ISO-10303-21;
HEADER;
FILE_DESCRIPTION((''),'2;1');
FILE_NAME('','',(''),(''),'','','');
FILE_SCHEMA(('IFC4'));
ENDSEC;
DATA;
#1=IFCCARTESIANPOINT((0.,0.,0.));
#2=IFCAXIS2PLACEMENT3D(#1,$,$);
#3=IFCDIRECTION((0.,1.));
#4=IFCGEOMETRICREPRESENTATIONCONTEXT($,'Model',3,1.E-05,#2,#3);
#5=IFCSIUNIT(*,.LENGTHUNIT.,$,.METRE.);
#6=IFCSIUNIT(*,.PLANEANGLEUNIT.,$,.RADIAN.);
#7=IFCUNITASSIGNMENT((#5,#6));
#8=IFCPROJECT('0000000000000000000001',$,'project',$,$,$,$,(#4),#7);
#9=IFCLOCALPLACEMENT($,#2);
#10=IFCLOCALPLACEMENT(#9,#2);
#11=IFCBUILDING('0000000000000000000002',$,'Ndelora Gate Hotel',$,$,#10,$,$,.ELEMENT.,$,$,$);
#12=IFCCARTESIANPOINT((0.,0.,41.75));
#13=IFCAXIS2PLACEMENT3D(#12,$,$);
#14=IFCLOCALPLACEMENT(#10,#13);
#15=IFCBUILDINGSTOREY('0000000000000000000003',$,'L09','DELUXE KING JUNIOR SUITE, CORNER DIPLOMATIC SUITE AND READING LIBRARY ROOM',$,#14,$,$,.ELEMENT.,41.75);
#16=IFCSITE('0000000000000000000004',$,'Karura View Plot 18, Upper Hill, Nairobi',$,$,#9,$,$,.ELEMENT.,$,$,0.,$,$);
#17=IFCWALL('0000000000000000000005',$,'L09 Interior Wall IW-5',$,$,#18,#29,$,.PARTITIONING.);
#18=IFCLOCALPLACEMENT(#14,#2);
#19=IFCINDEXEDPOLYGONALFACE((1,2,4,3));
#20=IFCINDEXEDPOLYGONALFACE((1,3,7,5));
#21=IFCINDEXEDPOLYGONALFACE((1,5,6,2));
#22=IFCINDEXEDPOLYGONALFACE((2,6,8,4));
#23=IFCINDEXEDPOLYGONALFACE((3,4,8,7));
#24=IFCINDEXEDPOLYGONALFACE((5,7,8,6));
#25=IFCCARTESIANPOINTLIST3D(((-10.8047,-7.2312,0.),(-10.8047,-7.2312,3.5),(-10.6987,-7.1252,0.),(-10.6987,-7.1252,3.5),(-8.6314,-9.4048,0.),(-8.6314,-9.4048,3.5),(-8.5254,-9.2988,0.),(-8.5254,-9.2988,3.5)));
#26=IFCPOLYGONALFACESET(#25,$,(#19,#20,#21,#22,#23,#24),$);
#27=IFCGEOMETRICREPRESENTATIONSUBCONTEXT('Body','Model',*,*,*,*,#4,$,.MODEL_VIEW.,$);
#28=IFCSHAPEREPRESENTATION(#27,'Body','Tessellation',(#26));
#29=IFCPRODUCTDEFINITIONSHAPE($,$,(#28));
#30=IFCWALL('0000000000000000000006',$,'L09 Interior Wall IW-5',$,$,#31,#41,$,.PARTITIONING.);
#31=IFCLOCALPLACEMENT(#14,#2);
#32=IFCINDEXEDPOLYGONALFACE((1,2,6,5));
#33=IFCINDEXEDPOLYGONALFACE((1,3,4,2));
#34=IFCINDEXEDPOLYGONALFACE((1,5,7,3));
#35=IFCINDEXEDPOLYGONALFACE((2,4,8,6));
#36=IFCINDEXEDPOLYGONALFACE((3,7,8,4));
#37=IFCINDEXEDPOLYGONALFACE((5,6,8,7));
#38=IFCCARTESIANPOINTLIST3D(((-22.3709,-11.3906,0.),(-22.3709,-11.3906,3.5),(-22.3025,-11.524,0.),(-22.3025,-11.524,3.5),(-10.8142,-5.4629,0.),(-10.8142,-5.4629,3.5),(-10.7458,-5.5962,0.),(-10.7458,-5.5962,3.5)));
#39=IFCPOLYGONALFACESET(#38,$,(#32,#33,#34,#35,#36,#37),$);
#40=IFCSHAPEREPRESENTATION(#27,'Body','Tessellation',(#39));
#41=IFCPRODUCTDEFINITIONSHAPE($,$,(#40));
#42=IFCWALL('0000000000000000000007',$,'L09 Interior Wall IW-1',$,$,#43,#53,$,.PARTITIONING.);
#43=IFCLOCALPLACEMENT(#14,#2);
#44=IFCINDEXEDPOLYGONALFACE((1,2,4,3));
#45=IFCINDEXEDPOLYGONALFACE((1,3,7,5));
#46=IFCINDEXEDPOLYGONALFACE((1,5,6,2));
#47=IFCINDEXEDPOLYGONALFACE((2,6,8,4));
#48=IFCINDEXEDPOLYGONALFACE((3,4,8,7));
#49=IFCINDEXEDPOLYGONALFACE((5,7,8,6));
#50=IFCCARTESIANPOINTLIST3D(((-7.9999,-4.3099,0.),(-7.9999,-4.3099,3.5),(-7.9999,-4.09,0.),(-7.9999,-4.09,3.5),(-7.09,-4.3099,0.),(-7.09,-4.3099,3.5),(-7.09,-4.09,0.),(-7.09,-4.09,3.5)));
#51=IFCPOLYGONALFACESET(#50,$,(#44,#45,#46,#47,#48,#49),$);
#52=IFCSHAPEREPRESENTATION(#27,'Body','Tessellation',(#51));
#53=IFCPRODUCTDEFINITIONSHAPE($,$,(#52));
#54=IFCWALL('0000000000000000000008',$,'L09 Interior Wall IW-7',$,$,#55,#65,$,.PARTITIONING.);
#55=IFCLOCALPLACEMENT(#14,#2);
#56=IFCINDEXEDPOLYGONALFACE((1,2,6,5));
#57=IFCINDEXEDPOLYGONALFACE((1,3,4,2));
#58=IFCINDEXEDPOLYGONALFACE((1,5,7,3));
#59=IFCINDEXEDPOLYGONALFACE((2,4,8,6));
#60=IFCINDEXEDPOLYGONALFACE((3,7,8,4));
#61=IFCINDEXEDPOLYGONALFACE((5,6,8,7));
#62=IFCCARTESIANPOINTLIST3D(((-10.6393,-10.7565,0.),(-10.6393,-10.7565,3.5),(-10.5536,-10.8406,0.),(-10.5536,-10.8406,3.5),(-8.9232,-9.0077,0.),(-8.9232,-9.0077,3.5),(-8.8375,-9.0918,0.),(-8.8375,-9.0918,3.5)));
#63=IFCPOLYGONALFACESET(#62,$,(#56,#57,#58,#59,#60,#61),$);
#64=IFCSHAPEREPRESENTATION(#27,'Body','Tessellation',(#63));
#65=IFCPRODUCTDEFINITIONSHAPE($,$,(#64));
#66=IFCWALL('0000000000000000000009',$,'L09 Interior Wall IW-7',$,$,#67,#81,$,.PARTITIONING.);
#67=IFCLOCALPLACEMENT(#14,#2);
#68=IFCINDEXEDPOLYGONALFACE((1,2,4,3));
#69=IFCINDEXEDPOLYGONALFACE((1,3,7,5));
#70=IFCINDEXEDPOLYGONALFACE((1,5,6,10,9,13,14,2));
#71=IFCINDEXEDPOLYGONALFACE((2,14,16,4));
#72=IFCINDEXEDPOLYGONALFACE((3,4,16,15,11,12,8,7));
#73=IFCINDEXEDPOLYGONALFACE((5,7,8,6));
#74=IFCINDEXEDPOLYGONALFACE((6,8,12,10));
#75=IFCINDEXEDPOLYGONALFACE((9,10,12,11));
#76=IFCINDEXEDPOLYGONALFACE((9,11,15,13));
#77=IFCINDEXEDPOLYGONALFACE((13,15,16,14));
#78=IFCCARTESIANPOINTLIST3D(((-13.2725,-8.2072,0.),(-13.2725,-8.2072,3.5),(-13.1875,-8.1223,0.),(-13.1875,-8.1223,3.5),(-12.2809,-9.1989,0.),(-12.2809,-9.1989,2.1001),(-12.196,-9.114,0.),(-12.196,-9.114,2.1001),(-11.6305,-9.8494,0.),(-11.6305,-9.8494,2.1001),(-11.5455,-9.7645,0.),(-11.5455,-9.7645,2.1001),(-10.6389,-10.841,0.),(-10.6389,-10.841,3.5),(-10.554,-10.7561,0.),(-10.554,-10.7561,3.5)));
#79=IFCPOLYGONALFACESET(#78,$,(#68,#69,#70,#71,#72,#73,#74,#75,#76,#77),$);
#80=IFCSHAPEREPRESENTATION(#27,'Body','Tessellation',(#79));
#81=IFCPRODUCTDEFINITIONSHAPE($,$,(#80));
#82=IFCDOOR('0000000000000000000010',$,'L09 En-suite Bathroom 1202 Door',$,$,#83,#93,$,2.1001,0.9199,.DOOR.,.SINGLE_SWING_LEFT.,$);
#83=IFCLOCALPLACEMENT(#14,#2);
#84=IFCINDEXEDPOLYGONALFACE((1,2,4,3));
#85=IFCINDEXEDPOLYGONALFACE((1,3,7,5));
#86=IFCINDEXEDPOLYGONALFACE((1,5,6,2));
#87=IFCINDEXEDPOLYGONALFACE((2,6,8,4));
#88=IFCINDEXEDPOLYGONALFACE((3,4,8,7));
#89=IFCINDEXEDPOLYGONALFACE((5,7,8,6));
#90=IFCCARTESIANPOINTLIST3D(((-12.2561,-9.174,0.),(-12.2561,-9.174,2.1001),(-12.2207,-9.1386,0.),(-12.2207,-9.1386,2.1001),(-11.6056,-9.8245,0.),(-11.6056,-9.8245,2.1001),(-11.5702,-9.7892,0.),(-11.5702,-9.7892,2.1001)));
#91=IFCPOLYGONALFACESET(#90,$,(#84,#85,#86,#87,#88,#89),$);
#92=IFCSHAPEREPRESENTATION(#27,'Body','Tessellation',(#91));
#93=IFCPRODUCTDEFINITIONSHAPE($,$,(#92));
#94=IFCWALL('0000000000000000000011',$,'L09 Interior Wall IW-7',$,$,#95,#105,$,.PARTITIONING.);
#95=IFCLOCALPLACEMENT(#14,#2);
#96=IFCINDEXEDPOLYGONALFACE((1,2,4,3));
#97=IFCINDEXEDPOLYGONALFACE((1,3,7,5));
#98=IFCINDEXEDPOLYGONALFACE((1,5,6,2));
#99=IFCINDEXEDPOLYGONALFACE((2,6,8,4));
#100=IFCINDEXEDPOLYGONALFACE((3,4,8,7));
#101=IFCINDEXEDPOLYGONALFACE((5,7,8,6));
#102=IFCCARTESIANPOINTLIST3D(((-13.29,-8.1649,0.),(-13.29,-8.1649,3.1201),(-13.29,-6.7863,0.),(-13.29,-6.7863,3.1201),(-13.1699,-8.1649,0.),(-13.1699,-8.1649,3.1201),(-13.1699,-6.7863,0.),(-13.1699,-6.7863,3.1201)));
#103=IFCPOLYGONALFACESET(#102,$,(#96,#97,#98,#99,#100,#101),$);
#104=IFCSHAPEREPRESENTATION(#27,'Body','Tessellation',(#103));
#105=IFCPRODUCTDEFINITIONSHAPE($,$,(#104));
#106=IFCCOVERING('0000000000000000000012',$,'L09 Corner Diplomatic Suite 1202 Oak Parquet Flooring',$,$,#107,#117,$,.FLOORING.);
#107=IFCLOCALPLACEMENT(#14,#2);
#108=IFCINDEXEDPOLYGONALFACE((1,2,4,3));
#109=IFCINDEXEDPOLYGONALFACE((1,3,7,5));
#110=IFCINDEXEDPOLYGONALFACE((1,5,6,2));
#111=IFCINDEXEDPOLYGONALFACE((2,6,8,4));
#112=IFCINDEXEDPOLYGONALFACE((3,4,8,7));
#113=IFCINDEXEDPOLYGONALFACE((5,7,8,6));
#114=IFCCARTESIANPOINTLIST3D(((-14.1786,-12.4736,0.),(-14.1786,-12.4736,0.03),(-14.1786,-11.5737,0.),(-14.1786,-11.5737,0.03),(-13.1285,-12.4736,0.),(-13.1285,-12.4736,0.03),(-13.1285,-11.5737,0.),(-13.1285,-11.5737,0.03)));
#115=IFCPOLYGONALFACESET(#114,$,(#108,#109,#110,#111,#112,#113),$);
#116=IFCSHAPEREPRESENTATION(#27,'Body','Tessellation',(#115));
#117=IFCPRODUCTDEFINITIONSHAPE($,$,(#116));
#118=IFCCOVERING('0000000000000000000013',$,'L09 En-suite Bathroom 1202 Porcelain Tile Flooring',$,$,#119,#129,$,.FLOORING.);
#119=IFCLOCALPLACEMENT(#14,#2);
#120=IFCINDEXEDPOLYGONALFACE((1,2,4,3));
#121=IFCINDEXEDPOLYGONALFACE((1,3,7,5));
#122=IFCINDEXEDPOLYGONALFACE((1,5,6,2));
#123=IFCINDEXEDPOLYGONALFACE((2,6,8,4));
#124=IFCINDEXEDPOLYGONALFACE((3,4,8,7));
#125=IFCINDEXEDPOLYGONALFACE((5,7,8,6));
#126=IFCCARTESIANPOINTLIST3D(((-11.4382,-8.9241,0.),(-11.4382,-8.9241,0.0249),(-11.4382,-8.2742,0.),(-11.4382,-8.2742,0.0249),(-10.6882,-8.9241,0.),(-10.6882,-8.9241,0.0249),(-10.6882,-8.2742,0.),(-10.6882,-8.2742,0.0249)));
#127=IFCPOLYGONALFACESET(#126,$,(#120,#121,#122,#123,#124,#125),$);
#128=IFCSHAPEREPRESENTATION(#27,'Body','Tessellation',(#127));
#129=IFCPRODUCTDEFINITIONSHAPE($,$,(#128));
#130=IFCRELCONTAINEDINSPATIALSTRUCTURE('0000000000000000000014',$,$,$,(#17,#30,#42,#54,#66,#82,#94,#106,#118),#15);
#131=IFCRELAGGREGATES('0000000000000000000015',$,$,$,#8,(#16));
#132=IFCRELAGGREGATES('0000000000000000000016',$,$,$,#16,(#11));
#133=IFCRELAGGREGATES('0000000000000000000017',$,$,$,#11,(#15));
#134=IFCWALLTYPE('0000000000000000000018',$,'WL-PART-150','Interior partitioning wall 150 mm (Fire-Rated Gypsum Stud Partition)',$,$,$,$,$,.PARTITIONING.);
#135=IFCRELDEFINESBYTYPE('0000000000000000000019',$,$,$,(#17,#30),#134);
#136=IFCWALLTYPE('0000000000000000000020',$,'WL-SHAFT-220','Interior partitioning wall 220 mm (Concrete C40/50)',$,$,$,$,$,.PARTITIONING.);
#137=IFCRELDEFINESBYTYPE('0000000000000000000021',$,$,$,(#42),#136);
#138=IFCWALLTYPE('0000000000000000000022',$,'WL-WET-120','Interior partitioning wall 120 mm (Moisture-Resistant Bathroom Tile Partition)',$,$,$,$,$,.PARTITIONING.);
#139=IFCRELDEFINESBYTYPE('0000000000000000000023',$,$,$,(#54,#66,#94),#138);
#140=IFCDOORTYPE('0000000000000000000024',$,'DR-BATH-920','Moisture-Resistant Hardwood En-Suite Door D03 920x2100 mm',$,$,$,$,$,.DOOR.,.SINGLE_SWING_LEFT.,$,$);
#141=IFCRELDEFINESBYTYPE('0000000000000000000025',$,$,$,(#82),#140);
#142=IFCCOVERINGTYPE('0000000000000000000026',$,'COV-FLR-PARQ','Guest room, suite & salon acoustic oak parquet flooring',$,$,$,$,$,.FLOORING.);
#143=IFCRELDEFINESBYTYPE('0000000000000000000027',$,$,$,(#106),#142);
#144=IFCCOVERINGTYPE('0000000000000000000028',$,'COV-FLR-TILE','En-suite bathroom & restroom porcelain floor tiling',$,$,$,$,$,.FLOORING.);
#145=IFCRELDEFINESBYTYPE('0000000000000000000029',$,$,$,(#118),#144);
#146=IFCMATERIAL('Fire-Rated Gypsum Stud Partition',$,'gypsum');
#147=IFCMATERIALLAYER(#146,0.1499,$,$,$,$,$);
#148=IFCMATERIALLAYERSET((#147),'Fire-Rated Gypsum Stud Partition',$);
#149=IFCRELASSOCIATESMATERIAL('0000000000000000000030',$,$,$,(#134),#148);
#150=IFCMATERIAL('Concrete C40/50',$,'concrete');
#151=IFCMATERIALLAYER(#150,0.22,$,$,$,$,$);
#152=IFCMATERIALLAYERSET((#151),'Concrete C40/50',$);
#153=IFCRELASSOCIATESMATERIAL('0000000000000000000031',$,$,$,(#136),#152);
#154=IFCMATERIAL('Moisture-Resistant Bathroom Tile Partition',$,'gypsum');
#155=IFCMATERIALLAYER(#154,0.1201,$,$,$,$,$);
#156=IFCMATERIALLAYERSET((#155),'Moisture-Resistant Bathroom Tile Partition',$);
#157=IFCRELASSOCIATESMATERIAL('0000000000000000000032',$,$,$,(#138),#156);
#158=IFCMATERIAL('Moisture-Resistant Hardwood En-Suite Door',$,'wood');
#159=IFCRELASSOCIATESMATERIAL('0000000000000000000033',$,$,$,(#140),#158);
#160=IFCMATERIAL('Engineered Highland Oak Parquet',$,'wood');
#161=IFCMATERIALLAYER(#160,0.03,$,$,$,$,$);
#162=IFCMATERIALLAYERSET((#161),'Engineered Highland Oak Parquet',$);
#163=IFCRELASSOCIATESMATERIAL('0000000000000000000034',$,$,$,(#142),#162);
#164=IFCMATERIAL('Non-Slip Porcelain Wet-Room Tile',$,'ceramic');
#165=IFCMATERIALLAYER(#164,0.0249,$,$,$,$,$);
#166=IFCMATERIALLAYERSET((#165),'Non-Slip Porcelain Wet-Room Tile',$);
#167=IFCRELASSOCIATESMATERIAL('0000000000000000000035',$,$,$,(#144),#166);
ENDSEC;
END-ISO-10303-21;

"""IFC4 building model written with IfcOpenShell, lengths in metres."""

from ifc_helpers import new_model, si_unit, direction, frame, frame_2d, origin, origin_2d, place, context, subcontext, project, spatial, rectangle, extrude, material, layer, layer_set, type_object, element, fill, save


model = new_model("IFC4")

# Units and contexts
model_context = context("Model", 3, precision=1e-05, world=origin(), true_north=direction((0.0, 1.0)))
body_context = subcontext(model_context, "Body", "Model", "MODEL_VIEW")
ifc_project = project(units=[si_unit("LENGTHUNIT", "METRE"), si_unit("PLANEANGLEUNIT", "RADIAN")], contexts=[model_context])

# Site, building, storey
site_placement = place(None, origin())
site = spatial("IfcSite", under=ifc_project, at=site_placement, Name="Karura View Plot 18, Upper Hill, Nairobi", CompositionType="ELEMENT", RefElevation=0.0)
building_placement = place(site_placement, origin())
building = spatial("IfcBuilding", under=site, at=building_placement, Name="Ndelora Gate Hotel", CompositionType="ELEMENT")
storey_placement = place(building_placement, frame((0.0, 0.0, 41.75)))
storey = spatial("IfcBuildingStorey", under=building, at=storey_placement, Name="L09", Description="DELUXE KING JUNIOR SUITE, CORNER DIPLOMATIC SUITE AND READING LIBRARY ROOM", CompositionType="ELEMENT", Elevation=41.75)

# Shared definitions
ifc_material_1 = material(Name="Fire-Rated Gypsum Stud Partition", Category="gypsum")
ifc_layer_1 = layer(ifc_material_1, 0.1499)
ifc_layer_set_1 = layer_set([ifc_layer_1], Name="Fire-Rated Gypsum Stud Partition")
wall_type_1 = type_object("IfcWallType", Name="WL-PART-150", Description="Interior partitioning wall 150 mm (Fire-Rated Gypsum Stud Partition)", PredefinedType="PARTITIONING", material=ifc_layer_set_1)

# Walls
wall_1_placement = place(storey_placement, frame((-8.5784, -9.3518, 0.0), z_axis=(0.0, 0.0, 1.0), x_axis=(-0.707067, 0.707146, 0.0)))
element("IfcWall", 1, at=wall_1_placement, inside=storey, type_object=wall_type_1, Name="L09 Interior Wall IW-5", PredefinedType="PARTITIONING", context=body_context, shape_type="SweptSolid", body=[
    extrude(rectangle(XDim=3.0737, YDim=0.1499, at=frame_2d((1.5369, 0.0))), origin(), (0.0, 0.0, 1.0), 3.5),
])
wall_2_placement = place(storey_placement, frame((-10.78, -5.5295, 0.0), z_axis=(0.0, 0.0, 1.0), x_axis=(-0.889778, -0.456393, 0.0)))
element("IfcWall", 2, at=wall_2_placement, inside=storey, type_object=wall_type_1, Name="L09 Interior Wall IW-5", PredefinedType="PARTITIONING", context=body_context, shape_type="SweptSolid", body=[
    extrude(rectangle(XDim=12.9883, YDim=0.1499, at=frame_2d((6.4941, 0.0))), origin(), (0.0, 0.0, 1.0), 3.5),
])
ifc_material_2 = material(Name="Concrete C40/50", Category="concrete")
ifc_layer_2 = layer(ifc_material_2, 0.22)
ifc_layer_set_2 = layer_set([ifc_layer_2], Name="Concrete C40/50")
wall_type_2 = type_object("IfcWallType", Name="WL-SHAFT-220", Description="Interior partitioning wall 220 mm (Concrete C40/50)", PredefinedType="PARTITIONING", material=ifc_layer_set_2)
wall_3_placement = place(storey_placement, frame((-8.0, -4.2, 0.0), z_axis=(0.0, 0.0, 1.0), x_axis=(1.0, 0.0, 0.0)))
element("IfcWall", 3, at=wall_3_placement, inside=storey, type_object=wall_type_2, Name="L09 Interior Wall IW-1", PredefinedType="PARTITIONING", context=body_context, shape_type="SweptSolid", body=[
    extrude(rectangle(XDim=0.9099, YDim=0.22, at=frame_2d((0.4551, 0.0))), origin(), (0.0, 0.0, 1.0), 3.5),
])
ifc_material_3 = material(Name="Moisture-Resistant Bathroom Tile Partition", Category="gypsum")
ifc_layer_3 = layer(ifc_material_3, 0.1201)
ifc_layer_set_3 = layer_set([ifc_layer_3], Name="Moisture-Resistant Bathroom Tile Partition")
wall_type_3 = type_object("IfcWallType", Name="WL-WET-120", Description="Interior partitioning wall 120 mm (Moisture-Resistant Bathroom Tile Partition)", PredefinedType="PARTITIONING", material=ifc_layer_set_3)
wall_4_placement = place(storey_placement, frame((-10.5964, -10.7986, 0.0), z_axis=(0.0, 0.0, 1.0), x_axis=(0.700399, 0.713751, 0.0)))
element("IfcWall", 4, at=wall_4_placement, inside=storey, type_object=wall_type_3, Name="L09 Interior Wall IW-7", PredefinedType="PARTITIONING", context=body_context, shape_type="SweptSolid", body=[
    extrude(rectangle(XDim=2.4502, YDim=0.1201, at=frame_2d((1.2251, 0.0))), origin(), (0.0, 0.0, 1.0), 3.5),
])

# Wall, opening, door
wall_5_placement = place(storey_placement, frame((-10.5964, -10.7986, 0.0), z_axis=(0.0, 0.0, 1.0), x_axis=(-0.707074, 0.70714, 0.0)))
wall_5 = element("IfcWall", 5, at=wall_5_placement, inside=storey, type_object=wall_type_3, Name="L09 Interior Wall IW-7", PredefinedType="PARTITIONING", context=body_context, shape_type="SweptSolid", body=[
    extrude(rectangle(XDim=3.7246, YDim=0.1201, at=frame_2d((1.8623, 0.0))), origin(), (0.0, 0.0, 1.0), 3.5),
])
opening_1_placement = place(wall_5_placement, frame((1.4023, 0.0, 0.0)))
opening_1 = element("IfcOpeningElement", 6, at=opening_1_placement, cuts=wall_5, PredefinedType="OPENING", context=body_context, shape_type="SweptSolid", body=[
    extrude(rectangle(XDim=0.9199, YDim=2.1001, at=frame_2d((0.46, 1.05))), frame((0.0, 0.0701, 0.0), z_axis=(0.0, -1.0, 0.0), x_axis=(1.0, 0.0, 0.0)), (0.0, 0.0, 1.0), 0.1401),
])
ifc_material_4 = material(Name="Moisture-Resistant Hardwood En-Suite Door", Category="wood")
door_type_1 = type_object("IfcDoorType", Name="DR-BATH-920", Description="Moisture-Resistant Hardwood En-Suite Door D03 920x2100 mm", OperationType="SINGLE_SWING_LEFT", PredefinedType="DOOR", material=ifc_material_4)
door_1_placement = place(opening_1_placement, origin())
door_1 = element("IfcDoor", 7, at=door_1_placement, inside=storey, type_object=door_type_1, Name="L09 En-suite Bathroom 1202 Door", OperationType="SINGLE_SWING_LEFT", OverallHeight=2.1001, OverallWidth=0.9199, PredefinedType="DOOR", context=body_context, shape_type="SweptSolid", body=[
    extrude(rectangle(XDim=0.9199, YDim=2.1001, at=frame_2d((0.46, 1.05))), frame((0.0, 0.0249, 0.0), z_axis=(0.0, -1.0, 0.0), x_axis=(1.0, 0.0, 0.0)), (0.0, 0.0, 1.0), 0.05),
])
fill(opening_1, door_1)

# Wall
wall_6_placement = place(storey_placement, frame((-13.23, -6.7861, 0.0), z_axis=(0.0, 0.0, 1.0), x_axis=(0.0, -1.0, 0.0)))
element("IfcWall", 8, at=wall_6_placement, inside=storey, type_object=wall_type_3, Name="L09 Interior Wall IW-7", PredefinedType="PARTITIONING", context=body_context, shape_type="SweptSolid", body=[
    extrude(rectangle(XDim=1.3787, YDim=0.1201, at=frame_2d((0.6895, 0.0))), origin(), (0.0, 0.0, 1.0), 3.1201),
])

# Coverings
ifc_material_5 = material(Name="Engineered Highland Oak Parquet", Category="wood")
ifc_layer_4 = layer(ifc_material_5, 0.03)
ifc_layer_set_4 = layer_set([ifc_layer_4], Name="Engineered Highland Oak Parquet")
covering_type_1 = type_object("IfcCoveringType", Name="COV-FLR-PARQ", Description="Guest room, suite & salon acoustic oak parquet flooring", PredefinedType="FLOORING", material=ifc_layer_set_4)
covering_1_placement = place(storey_placement, frame((-13.6536, -12.0237, 0.0), z_axis=(0.0, 0.0, 1.0), x_axis=(1.0, 0.0, 0.0)))
element("IfcCovering", 9, at=covering_1_placement, inside=storey, type_object=covering_type_1, Name="L09 Corner Diplomatic Suite 1202 Oak Parquet Flooring", PredefinedType="FLOORING", context=body_context, shape_type="SweptSolid", body=[
    extrude(rectangle(XDim=1.05, YDim=0.8999, at=origin_2d()), origin(), (0.0, 0.0, 1.0), 0.03),
])
ifc_material_6 = material(Name="Non-Slip Porcelain Wet-Room Tile", Category="ceramic")
ifc_layer_5 = layer(ifc_material_6, 0.0249)
ifc_layer_set_5 = layer_set([ifc_layer_5], Name="Non-Slip Porcelain Wet-Room Tile")
covering_type_2 = type_object("IfcCoveringType", Name="COV-FLR-TILE", Description="En-suite bathroom & restroom porcelain floor tiling", PredefinedType="FLOORING", material=ifc_layer_set_5)
covering_2_placement = place(storey_placement, frame((-11.0632, -8.5991, 0.0), z_axis=(0.0, 0.0, 1.0), x_axis=(1.0, 0.0, 0.0)))
element("IfcCovering", 10, at=covering_2_placement, inside=storey, type_object=covering_type_2, Name="L09 En-suite Bathroom 1202 Porcelain Tile Flooring", PredefinedType="FLOORING", context=body_context, shape_type="SweptSolid", body=[
    extrude(rectangle(XDim=0.75, YDim=0.6499, at=origin_2d()), origin(), (0.0, 0.0, 1.0), 0.0249),
])

save(model, "model.ifc")
